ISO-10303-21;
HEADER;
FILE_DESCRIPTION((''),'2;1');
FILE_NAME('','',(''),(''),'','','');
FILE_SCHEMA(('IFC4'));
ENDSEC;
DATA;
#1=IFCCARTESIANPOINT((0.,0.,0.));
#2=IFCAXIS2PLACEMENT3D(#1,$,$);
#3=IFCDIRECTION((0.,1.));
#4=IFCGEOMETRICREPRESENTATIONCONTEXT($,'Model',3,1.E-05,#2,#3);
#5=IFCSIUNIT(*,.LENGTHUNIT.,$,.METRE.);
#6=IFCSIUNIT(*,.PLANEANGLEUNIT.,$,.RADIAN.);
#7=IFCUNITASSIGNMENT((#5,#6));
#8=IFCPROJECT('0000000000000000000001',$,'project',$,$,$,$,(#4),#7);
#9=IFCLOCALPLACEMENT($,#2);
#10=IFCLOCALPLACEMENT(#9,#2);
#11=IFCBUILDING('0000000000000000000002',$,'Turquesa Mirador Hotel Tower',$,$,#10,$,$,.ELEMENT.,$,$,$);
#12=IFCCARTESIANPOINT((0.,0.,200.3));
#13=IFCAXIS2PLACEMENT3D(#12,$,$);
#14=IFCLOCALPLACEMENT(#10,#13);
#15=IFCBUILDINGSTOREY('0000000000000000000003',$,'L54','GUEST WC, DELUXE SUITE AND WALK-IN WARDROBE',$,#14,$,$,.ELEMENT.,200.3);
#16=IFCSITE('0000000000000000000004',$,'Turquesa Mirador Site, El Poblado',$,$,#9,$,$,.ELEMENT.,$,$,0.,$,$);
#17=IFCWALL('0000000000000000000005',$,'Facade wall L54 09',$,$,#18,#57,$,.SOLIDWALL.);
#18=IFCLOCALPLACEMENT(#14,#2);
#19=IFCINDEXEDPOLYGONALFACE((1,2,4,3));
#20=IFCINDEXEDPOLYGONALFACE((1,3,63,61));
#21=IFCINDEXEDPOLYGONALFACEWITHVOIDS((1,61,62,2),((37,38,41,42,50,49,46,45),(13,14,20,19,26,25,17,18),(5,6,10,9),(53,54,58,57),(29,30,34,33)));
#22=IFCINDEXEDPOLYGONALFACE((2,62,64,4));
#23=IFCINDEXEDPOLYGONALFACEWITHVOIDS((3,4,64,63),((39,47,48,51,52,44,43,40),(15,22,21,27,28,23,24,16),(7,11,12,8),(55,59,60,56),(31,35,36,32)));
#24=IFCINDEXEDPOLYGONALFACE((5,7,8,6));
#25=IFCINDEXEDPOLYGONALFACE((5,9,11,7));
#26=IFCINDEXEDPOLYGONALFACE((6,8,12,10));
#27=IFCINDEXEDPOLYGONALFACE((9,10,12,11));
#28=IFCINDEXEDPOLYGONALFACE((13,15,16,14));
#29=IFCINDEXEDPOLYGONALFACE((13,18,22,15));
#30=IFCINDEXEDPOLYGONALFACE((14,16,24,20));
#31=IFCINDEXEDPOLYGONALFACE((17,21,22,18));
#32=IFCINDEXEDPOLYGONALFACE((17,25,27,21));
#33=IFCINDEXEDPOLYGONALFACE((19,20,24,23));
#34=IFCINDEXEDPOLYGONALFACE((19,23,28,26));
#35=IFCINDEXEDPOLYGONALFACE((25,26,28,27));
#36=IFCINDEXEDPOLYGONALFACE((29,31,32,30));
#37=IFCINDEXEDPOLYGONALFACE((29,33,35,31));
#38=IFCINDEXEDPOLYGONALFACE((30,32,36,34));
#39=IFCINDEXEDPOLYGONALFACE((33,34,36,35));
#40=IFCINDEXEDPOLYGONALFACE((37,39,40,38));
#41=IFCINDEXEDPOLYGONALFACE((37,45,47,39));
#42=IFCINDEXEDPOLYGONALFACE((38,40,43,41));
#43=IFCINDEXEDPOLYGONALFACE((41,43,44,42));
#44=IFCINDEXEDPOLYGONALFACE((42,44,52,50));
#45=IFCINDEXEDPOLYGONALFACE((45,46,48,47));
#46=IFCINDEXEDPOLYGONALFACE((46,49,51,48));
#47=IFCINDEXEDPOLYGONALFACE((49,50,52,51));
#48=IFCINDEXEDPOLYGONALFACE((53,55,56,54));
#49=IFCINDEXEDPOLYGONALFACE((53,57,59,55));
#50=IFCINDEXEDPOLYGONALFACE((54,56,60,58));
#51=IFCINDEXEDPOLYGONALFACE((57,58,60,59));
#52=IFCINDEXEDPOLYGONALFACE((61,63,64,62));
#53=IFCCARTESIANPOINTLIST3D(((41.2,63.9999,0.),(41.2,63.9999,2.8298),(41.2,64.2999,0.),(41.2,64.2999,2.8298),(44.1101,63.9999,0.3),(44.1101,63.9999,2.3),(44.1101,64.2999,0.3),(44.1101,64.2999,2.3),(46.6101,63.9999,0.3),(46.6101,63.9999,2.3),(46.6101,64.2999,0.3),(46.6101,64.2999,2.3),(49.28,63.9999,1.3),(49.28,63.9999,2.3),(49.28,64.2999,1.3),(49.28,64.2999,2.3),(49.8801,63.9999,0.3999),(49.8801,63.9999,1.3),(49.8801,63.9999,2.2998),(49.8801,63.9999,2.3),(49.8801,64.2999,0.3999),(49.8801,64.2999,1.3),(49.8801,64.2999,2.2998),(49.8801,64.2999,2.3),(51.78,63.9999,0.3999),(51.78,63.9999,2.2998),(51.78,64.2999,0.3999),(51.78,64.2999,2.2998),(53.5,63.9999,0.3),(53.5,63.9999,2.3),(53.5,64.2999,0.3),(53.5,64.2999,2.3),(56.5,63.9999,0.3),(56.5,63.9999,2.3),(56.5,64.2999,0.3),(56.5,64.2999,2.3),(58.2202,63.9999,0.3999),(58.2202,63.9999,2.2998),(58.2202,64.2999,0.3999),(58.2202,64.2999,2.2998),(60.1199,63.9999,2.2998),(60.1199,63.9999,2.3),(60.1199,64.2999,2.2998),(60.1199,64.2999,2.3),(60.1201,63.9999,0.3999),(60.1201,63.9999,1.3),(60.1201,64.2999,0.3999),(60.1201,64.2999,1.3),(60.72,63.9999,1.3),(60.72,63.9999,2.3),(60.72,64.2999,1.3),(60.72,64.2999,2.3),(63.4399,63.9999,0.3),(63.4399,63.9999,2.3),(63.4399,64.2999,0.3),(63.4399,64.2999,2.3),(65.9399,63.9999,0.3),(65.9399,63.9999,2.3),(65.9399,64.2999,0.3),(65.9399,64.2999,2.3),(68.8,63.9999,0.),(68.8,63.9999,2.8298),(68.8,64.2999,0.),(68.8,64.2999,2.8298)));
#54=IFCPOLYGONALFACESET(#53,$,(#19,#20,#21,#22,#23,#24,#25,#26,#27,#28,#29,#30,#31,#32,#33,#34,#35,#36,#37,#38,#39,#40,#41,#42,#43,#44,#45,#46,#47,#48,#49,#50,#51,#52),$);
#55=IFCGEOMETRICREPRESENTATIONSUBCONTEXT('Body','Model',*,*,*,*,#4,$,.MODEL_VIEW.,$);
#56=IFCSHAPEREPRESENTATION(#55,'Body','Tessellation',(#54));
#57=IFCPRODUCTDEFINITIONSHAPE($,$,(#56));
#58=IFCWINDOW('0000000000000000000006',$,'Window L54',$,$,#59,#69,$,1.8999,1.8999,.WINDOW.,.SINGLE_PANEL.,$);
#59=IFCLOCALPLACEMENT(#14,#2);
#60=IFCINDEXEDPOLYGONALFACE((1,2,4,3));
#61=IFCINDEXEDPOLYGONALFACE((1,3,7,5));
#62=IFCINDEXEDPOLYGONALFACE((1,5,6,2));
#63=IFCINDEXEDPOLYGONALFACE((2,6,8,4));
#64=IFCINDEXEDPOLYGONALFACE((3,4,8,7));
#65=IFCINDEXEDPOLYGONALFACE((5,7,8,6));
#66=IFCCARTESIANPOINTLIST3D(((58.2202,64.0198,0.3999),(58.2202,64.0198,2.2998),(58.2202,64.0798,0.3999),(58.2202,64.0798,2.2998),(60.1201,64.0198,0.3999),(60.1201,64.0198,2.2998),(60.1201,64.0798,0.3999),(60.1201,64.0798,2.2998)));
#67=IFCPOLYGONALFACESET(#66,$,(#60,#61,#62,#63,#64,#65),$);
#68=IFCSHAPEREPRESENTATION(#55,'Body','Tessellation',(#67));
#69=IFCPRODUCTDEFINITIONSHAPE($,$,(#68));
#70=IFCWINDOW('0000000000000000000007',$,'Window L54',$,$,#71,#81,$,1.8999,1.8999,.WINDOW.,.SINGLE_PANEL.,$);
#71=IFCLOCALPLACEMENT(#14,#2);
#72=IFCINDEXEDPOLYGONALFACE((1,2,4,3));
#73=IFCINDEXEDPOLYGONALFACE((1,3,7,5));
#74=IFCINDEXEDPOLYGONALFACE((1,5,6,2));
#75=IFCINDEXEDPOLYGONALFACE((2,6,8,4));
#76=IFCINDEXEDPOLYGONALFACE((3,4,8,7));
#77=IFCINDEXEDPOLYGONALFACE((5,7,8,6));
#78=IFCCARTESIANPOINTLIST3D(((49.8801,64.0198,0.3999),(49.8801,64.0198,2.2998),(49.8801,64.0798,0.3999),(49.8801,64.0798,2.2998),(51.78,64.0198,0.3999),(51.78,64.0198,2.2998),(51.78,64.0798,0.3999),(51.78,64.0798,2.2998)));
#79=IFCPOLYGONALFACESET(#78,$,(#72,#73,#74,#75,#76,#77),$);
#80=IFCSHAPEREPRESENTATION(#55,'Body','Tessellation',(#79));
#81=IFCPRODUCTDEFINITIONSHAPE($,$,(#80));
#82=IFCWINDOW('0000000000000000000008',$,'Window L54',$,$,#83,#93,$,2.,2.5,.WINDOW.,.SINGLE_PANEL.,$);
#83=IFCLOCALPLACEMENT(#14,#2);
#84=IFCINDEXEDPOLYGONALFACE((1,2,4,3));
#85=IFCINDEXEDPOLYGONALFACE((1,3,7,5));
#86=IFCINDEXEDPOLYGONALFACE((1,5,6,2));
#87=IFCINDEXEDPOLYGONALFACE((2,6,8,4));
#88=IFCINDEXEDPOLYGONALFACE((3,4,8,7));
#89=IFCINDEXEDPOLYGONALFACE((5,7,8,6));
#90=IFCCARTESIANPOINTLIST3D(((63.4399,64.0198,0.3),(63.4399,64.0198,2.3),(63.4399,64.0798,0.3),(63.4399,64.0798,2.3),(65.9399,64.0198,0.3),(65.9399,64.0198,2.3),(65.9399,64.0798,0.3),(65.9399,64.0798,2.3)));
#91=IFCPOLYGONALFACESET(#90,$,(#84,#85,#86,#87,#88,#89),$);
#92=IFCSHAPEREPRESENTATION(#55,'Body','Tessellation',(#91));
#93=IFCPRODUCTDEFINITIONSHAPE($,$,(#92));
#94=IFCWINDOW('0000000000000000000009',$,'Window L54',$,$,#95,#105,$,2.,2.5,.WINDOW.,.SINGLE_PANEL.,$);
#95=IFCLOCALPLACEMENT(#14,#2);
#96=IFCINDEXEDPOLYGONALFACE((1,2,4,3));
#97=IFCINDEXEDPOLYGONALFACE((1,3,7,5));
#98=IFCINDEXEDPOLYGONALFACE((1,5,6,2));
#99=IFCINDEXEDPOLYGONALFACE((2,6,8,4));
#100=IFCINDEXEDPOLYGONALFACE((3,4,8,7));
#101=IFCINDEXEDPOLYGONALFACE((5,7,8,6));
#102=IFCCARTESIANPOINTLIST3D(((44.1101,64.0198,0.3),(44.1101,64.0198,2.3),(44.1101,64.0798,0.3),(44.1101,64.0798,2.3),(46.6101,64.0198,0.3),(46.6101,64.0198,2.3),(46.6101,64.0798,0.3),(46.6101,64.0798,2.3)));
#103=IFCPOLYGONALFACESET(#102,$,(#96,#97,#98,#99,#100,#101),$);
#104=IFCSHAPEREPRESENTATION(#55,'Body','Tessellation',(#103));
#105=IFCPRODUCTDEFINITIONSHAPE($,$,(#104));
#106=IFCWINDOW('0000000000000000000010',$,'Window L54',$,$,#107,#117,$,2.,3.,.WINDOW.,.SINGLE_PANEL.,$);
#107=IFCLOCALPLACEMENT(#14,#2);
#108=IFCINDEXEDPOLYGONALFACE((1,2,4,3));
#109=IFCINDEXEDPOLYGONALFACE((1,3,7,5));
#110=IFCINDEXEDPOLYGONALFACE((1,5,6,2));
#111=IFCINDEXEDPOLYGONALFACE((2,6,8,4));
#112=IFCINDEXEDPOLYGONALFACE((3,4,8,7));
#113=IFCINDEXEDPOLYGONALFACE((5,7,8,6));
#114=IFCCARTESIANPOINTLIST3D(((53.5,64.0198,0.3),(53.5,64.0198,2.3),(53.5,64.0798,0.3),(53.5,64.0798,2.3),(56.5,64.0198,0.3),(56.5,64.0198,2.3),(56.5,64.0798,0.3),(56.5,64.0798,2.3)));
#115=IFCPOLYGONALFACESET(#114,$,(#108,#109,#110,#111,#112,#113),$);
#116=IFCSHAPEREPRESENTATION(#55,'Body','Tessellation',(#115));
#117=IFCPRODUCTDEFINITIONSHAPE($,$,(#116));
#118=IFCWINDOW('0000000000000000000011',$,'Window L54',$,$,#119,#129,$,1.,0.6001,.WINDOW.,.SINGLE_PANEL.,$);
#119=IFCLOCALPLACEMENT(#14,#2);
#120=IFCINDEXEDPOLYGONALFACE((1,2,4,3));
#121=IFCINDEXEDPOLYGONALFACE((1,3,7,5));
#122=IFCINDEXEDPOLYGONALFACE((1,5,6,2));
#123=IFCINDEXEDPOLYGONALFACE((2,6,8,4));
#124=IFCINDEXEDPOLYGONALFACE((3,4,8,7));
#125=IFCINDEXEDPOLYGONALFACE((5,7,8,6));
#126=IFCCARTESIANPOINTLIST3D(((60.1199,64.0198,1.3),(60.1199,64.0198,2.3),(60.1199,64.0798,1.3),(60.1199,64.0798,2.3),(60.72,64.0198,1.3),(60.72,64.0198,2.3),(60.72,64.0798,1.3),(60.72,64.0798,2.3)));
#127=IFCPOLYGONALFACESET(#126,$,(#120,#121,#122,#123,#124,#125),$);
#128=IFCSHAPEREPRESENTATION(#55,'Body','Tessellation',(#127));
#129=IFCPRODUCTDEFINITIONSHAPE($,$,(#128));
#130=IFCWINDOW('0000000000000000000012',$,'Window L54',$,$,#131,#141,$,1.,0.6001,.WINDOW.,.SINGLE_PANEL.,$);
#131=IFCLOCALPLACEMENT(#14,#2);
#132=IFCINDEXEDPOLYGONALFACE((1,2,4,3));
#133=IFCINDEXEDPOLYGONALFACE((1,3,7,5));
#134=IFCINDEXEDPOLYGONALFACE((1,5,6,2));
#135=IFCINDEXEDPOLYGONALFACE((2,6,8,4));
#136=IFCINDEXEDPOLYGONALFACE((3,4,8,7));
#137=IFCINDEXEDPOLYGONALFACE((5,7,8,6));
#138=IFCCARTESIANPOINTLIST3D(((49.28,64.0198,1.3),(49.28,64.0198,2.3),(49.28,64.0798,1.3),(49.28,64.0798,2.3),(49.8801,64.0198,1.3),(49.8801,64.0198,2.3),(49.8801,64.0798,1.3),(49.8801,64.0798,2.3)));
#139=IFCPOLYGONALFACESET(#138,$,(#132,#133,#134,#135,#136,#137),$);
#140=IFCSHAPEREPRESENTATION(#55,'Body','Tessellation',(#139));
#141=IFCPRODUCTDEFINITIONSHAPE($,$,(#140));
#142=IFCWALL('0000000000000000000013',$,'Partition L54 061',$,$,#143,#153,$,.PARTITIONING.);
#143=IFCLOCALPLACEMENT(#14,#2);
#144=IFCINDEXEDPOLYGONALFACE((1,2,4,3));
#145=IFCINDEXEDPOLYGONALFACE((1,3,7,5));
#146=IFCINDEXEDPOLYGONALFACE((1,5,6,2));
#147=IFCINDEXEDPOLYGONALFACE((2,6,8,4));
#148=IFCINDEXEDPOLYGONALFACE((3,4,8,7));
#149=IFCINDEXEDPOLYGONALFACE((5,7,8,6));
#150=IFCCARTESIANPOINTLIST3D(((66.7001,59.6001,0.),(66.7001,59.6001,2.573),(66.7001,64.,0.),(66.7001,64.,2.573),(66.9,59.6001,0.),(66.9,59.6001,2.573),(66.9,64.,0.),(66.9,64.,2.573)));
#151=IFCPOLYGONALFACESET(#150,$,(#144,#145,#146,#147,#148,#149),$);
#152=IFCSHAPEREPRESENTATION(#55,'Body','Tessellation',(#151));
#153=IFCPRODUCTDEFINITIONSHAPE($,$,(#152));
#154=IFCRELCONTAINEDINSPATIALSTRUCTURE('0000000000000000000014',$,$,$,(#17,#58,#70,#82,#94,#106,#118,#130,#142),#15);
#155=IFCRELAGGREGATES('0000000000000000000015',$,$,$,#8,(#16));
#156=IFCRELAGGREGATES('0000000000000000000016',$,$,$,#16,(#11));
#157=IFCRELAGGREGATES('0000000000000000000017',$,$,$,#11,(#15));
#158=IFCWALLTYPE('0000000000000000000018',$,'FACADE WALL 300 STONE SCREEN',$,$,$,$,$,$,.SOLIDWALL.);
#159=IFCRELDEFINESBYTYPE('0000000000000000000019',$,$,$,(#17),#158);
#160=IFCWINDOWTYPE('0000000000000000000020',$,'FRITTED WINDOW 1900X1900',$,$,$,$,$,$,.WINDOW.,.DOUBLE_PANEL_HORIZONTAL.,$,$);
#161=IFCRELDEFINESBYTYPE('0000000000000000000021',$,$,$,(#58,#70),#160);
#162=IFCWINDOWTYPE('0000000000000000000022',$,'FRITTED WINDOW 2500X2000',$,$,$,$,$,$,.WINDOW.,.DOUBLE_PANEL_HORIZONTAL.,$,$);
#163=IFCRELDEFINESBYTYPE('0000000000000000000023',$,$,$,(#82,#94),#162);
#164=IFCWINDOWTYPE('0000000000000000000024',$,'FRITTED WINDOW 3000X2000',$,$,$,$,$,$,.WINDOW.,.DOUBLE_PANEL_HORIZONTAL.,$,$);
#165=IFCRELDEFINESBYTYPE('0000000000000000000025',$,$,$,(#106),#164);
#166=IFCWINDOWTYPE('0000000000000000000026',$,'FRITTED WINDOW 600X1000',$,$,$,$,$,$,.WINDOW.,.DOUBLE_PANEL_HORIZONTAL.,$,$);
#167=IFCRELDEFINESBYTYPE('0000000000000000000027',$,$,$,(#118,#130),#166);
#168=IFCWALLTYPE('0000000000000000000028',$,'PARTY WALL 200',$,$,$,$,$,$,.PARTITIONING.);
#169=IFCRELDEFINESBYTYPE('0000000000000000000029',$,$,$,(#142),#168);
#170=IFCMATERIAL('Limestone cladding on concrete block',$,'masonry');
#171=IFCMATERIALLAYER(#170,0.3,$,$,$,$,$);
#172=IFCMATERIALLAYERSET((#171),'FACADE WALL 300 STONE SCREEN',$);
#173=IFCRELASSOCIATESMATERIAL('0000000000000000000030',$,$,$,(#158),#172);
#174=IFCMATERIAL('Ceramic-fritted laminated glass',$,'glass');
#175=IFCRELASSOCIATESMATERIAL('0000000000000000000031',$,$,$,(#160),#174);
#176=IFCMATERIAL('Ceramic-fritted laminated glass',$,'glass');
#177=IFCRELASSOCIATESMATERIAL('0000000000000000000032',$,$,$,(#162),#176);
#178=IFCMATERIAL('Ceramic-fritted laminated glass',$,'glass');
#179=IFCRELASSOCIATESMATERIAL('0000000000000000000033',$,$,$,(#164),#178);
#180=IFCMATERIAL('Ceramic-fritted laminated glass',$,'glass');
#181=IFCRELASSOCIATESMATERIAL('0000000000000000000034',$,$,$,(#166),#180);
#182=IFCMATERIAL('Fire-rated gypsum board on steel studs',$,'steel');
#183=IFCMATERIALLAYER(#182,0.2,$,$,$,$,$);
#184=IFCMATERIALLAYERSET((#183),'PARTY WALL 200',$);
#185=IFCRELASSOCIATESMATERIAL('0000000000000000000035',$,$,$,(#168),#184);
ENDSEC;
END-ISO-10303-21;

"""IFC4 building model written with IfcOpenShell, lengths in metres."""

from ifc_helpers import new_model, si_unit, direction, frame, frame_2d, origin, place, context, subcontext, project, spatial, rectangle, extrude, material, layer, layer_set, type_object, element, fill, save


model = new_model("IFC4")

# Units and contexts
model_context = context("Model", 3, precision=1e-05, world=origin(), true_north=direction((0.0, 1.0)))
body_context = subcontext(model_context, "Body", "Model", "MODEL_VIEW")
ifc_project = project(units=[si_unit("LENGTHUNIT", "METRE"), si_unit("PLANEANGLEUNIT", "RADIAN")], contexts=[model_context])

# Site, building, storey
site_placement = place(None, origin())
site = spatial("IfcSite", under=ifc_project, at=site_placement, Name="Turquesa Mirador Site, El Poblado", CompositionType="ELEMENT", RefElevation=0.0)
building_placement = place(site_placement, origin())
building = spatial("IfcBuilding", under=site, at=building_placement, Name="Turquesa Mirador Hotel Tower", CompositionType="ELEMENT")
storey_placement = place(building_placement, frame((0.0, 0.0, 200.3)))
storey = spatial("IfcBuildingStorey", under=building, at=storey_placement, Name="L54", Description="GUEST WC, DELUXE SUITE AND WALK-IN WARDROBE", CompositionType="ELEMENT", Elevation=200.3)

# Wall, openings, windows
ifc_material_1 = material(Name="Limestone cladding on concrete block", Category="masonry")
ifc_layer_1 = layer(ifc_material_1, 0.3)
ifc_layer_set_1 = layer_set([ifc_layer_1], Name="FACADE WALL 300 STONE SCREEN")
wall_type_1 = type_object("IfcWallType", Name="FACADE WALL 300 STONE SCREEN", PredefinedType="SOLIDWALL", material=ifc_layer_set_1)
wall_1_placement = place(storey_placement, frame((68.8, 64.1499, 0.0), z_axis=(0.0, 0.0, 1.0), x_axis=(-1.0, 0.0, 0.0)))
wall_1 = element("IfcWall", 1, at=wall_1_placement, inside=storey, type_object=wall_type_1, Name="Facade wall L54 09", PredefinedType="SOLIDWALL", context=body_context, shape_type="SweptSolid", body=[
    extrude(rectangle(XDim=27.6001, YDim=0.3, at=frame_2d((13.8, 0.0))), origin(), (0.0, 0.0, 1.0), 2.8298),
])
opening_1_placement = place(wall_1_placement, frame((2.8601, 0.0, 0.3)))
opening_1 = element("IfcOpeningElement", 2, at=opening_1_placement, cuts=wall_1, PredefinedType="OPENING", context=body_context, shape_type="SweptSolid", body=[
    extrude(rectangle(XDim=2.5, YDim=2.0, at=frame_2d((1.25, 1.0))), frame((0.0, 0.1599, 0.0), z_axis=(0.0, -1.0, 0.0), x_axis=(1.0, 0.0, 0.0)), (0.0, 0.0, 1.0), 0.3201),
])
opening_2_placement = place(wall_1_placement, frame((8.6799, 0.0, 0.3999)))
opening_2 = element("IfcOpeningElement", 3, at=opening_2_placement, cuts=wall_1, PredefinedType="OPENING", context=body_context, shape_type="SweptSolid", body=[
    extrude(rectangle(XDim=1.8999, YDim=1.8999, at=frame_2d((0.95, 0.95))), frame((0.0, 0.1599, 0.0), z_axis=(0.0, -1.0, 0.0), x_axis=(1.0, 0.0, 0.0)), (0.0, 0.0, 1.0), 0.3201),
])
opening_3_placement = place(wall_1_placement, frame((12.3, 0.0, 0.3)))
opening_3 = element("IfcOpeningElement", 4, at=opening_3_placement, cuts=wall_1, PredefinedType="OPENING", context=body_context, shape_type="SweptSolid", body=[
    extrude(rectangle(XDim=3.0, YDim=2.0, at=frame_2d((1.5, 1.0))), frame((0.0, 0.1599, 0.0), z_axis=(0.0, -1.0, 0.0), x_axis=(1.0, 0.0, 0.0)), (0.0, 0.0, 1.0), 0.3201),
])
opening_4_placement = place(wall_1_placement, frame((17.02, 0.0, 0.3999)))
opening_4 = element("IfcOpeningElement", 5, at=opening_4_placement, cuts=wall_1, PredefinedType="OPENING", context=body_context, shape_type="SweptSolid", body=[
    extrude(rectangle(XDim=1.8999, YDim=1.8999, at=frame_2d((0.95, 0.95))), frame((0.0, 0.1599, 0.0), z_axis=(0.0, -1.0, 0.0), x_axis=(1.0, 0.0, 0.0)), (0.0, 0.0, 1.0), 0.3201),
])
opening_5_placement = place(wall_1_placement, frame((22.1899, 0.0, 0.3)))
opening_5 = element("IfcOpeningElement", 6, at=opening_5_placement, cuts=wall_1, PredefinedType="OPENING", context=body_context, shape_type="SweptSolid", body=[
    extrude(rectangle(XDim=2.5, YDim=2.0, at=frame_2d((1.25, 1.0))), frame((0.0, 0.1599, 0.0), z_axis=(0.0, -1.0, 0.0), x_axis=(1.0, 0.0, 0.0)), (0.0, 0.0, 1.0), 0.3201),
])
opening_6_placement = place(wall_1_placement, frame((8.0801, 0.0, 1.3)))
opening_6 = element("IfcOpeningElement", 7, at=opening_6_placement, cuts=wall_1, PredefinedType="OPENING", context=body_context, shape_type="SweptSolid", body=[
    extrude(rectangle(XDim=0.6001, YDim=1.0, at=frame_2d((0.3, 0.5))), frame((0.0, 0.1599, 0.0), z_axis=(0.0, -1.0, 0.0), x_axis=(1.0, 0.0, 0.0)), (0.0, 0.0, 1.0), 0.3201),
])
opening_7_placement = place(wall_1_placement, frame((18.9199, 0.0, 1.3)))
opening_7 = element("IfcOpeningElement", 8, at=opening_7_placement, cuts=wall_1, PredefinedType="OPENING", context=body_context, shape_type="SweptSolid", body=[
    extrude(rectangle(XDim=0.6001, YDim=1.0, at=frame_2d((0.3, 0.5))), frame((0.0, 0.1599, 0.0), z_axis=(0.0, -1.0, 0.0), x_axis=(1.0, 0.0, 0.0)), (0.0, 0.0, 1.0), 0.3201),
])
ifc_material_2 = material(Name="Ceramic-fritted laminated glass", Category="glass")
window_type_1 = type_object("IfcWindowType", Name="FRITTED WINDOW 1900X1900", PartitioningType="DOUBLE_PANEL_HORIZONTAL", PredefinedType="WINDOW", material=ifc_material_2)
window_1_placement = place(opening_2_placement, origin())
window_1 = element("IfcWindow", 9, at=window_1_placement, inside=storey, type_object=window_type_1, Name="Window L54", OverallHeight=1.8999, OverallWidth=1.8999, PartitioningType="SINGLE_PANEL", PredefinedType="WINDOW", context=body_context, shape_type="SweptSolid", body=[
    extrude(rectangle(XDim=1.8999, YDim=1.8999, at=frame_2d((0.95, 0.95))), frame((0.0, 0.1301, 0.0), z_axis=(0.0, -1.0, 0.0), x_axis=(1.0, 0.0, 0.0)), (0.0, 0.0, 1.0), 0.0601),
])
fill(opening_2, window_1)
window_2_placement = place(opening_4_placement, origin())
window_2 = element("IfcWindow", 10, at=window_2_placement, inside=storey, type_object=window_type_1, Name="Window L54", OverallHeight=1.8999, OverallWidth=1.8999, PartitioningType="SINGLE_PANEL", PredefinedType="WINDOW", context=body_context, shape_type="SweptSolid", body=[
    extrude(rectangle(XDim=1.8999, YDim=1.8999, at=frame_2d((0.95, 0.95))), frame((0.0, 0.1301, 0.0), z_axis=(0.0, -1.0, 0.0), x_axis=(1.0, 0.0, 0.0)), (0.0, 0.0, 1.0), 0.0601),
])
fill(opening_4, window_2)
ifc_material_3 = material(Name="Ceramic-fritted laminated glass", Category="glass")
window_type_2 = type_object("IfcWindowType", Name="FRITTED WINDOW 2500X2000", PartitioningType="DOUBLE_PANEL_HORIZONTAL", PredefinedType="WINDOW", material=ifc_material_3)
window_3_placement = place(opening_1_placement, origin())
window_3 = element("IfcWindow", 11, at=window_3_placement, inside=storey, type_object=window_type_2, Name="Window L54", OverallHeight=2.0, OverallWidth=2.5, PartitioningType="SINGLE_PANEL", PredefinedType="WINDOW", context=body_context, shape_type="SweptSolid", body=[
    extrude(rectangle(XDim=2.5, YDim=2.0, at=frame_2d((1.25, 1.0))), frame((0.0, 0.1301, 0.0), z_axis=(0.0, -1.0, 0.0), x_axis=(1.0, 0.0, 0.0)), (0.0, 0.0, 1.0), 0.0601),
])
fill(opening_1, window_3)
window_4_placement = place(opening_5_placement, origin())
window_4 = element("IfcWindow", 12, at=window_4_placement, inside=storey, type_object=window_type_2, Name="Window L54", OverallHeight=2.0, OverallWidth=2.5, PartitioningType="SINGLE_PANEL", PredefinedType="WINDOW", context=body_context, shape_type="SweptSolid", body=[
    extrude(rectangle(XDim=2.5, YDim=2.0, at=frame_2d((1.25, 1.0))), frame((0.0, 0.1301, 0.0), z_axis=(0.0, -1.0, 0.0), x_axis=(1.0, 0.0, 0.0)), (0.0, 0.0, 1.0), 0.0601),
])
fill(opening_5, window_4)
ifc_material_4 = material(Name="Ceramic-fritted laminated glass", Category="glass")
window_type_3 = type_object("IfcWindowType", Name="FRITTED WINDOW 3000X2000", PartitioningType="DOUBLE_PANEL_HORIZONTAL", PredefinedType="WINDOW", material=ifc_material_4)
window_5_placement = place(opening_3_placement, origin())
window_5 = element("IfcWindow", 13, at=window_5_placement, inside=storey, type_object=window_type_3, Name="Window L54", OverallHeight=2.0, OverallWidth=3.0, PartitioningType="SINGLE_PANEL", PredefinedType="WINDOW", context=body_context, shape_type="SweptSolid", body=[
    extrude(rectangle(XDim=3.0, YDim=2.0, at=frame_2d((1.5, 1.0))), frame((0.0, 0.1301, 0.0), z_axis=(0.0, -1.0, 0.0), x_axis=(1.0, 0.0, 0.0)), (0.0, 0.0, 1.0), 0.0601),
])
fill(opening_3, window_5)
ifc_material_5 = material(Name="Ceramic-fritted laminated glass", Category="glass")
window_type_4 = type_object("IfcWindowType", Name="FRITTED WINDOW 600X1000", PartitioningType="DOUBLE_PANEL_HORIZONTAL", PredefinedType="WINDOW", material=ifc_material_5)
window_6_placement = place(opening_6_placement, origin())
window_6 = element("IfcWindow", 14, at=window_6_placement, inside=storey, type_object=window_type_4, Name="Window L54", OverallHeight=1.0, OverallWidth=0.6001, PartitioningType="SINGLE_PANEL", PredefinedType="WINDOW", context=body_context, shape_type="SweptSolid", body=[
    extrude(rectangle(XDim=0.6001, YDim=1.0, at=frame_2d((0.3, 0.5))), frame((0.0, 0.1301, 0.0), z_axis=(0.0, -1.0, 0.0), x_axis=(1.0, 0.0, 0.0)), (0.0, 0.0, 1.0), 0.0601),
])
fill(opening_6, window_6)
window_7_placement = place(opening_7_placement, origin())
window_7 = element("IfcWindow", 15, at=window_7_placement, inside=storey, type_object=window_type_4, Name="Window L54", OverallHeight=1.0, OverallWidth=0.6001, PartitioningType="SINGLE_PANEL", PredefinedType="WINDOW", context=body_context, shape_type="SweptSolid", body=[
    extrude(rectangle(XDim=0.6001, YDim=1.0, at=frame_2d((0.3, 0.5))), frame((0.0, 0.1301, 0.0), z_axis=(0.0, -1.0, 0.0), x_axis=(1.0, 0.0, 0.0)), (0.0, 0.0, 1.0), 0.0601),
])
fill(opening_7, window_7)

# Wall
ifc_material_6 = material(Name="Fire-rated gypsum board on steel studs", Category="steel")
ifc_layer_2 = layer(ifc_material_6, 0.2)
ifc_layer_set_2 = layer_set([ifc_layer_2], Name="PARTY WALL 200")
wall_type_2 = type_object("IfcWallType", Name="PARTY WALL 200", PredefinedType="PARTITIONING", material=ifc_layer_set_2)
wall_2_placement = place(storey_placement, frame((66.8, 59.6001, 0.0), z_axis=(0.0, 0.0, 1.0), x_axis=(0.0, 1.0, 0.0)))
element("IfcWall", 16, at=wall_2_placement, inside=storey, type_object=wall_type_2, Name="Partition L54 061", PredefinedType="PARTITIONING", context=body_context, shape_type="SweptSolid", body=[
    extrude(rectangle(XDim=4.3999, YDim=0.2, at=frame_2d((2.2, 0.0))), origin(), (0.0, 0.0, 1.0), 2.573),
])

save(model, "model.ifc")
